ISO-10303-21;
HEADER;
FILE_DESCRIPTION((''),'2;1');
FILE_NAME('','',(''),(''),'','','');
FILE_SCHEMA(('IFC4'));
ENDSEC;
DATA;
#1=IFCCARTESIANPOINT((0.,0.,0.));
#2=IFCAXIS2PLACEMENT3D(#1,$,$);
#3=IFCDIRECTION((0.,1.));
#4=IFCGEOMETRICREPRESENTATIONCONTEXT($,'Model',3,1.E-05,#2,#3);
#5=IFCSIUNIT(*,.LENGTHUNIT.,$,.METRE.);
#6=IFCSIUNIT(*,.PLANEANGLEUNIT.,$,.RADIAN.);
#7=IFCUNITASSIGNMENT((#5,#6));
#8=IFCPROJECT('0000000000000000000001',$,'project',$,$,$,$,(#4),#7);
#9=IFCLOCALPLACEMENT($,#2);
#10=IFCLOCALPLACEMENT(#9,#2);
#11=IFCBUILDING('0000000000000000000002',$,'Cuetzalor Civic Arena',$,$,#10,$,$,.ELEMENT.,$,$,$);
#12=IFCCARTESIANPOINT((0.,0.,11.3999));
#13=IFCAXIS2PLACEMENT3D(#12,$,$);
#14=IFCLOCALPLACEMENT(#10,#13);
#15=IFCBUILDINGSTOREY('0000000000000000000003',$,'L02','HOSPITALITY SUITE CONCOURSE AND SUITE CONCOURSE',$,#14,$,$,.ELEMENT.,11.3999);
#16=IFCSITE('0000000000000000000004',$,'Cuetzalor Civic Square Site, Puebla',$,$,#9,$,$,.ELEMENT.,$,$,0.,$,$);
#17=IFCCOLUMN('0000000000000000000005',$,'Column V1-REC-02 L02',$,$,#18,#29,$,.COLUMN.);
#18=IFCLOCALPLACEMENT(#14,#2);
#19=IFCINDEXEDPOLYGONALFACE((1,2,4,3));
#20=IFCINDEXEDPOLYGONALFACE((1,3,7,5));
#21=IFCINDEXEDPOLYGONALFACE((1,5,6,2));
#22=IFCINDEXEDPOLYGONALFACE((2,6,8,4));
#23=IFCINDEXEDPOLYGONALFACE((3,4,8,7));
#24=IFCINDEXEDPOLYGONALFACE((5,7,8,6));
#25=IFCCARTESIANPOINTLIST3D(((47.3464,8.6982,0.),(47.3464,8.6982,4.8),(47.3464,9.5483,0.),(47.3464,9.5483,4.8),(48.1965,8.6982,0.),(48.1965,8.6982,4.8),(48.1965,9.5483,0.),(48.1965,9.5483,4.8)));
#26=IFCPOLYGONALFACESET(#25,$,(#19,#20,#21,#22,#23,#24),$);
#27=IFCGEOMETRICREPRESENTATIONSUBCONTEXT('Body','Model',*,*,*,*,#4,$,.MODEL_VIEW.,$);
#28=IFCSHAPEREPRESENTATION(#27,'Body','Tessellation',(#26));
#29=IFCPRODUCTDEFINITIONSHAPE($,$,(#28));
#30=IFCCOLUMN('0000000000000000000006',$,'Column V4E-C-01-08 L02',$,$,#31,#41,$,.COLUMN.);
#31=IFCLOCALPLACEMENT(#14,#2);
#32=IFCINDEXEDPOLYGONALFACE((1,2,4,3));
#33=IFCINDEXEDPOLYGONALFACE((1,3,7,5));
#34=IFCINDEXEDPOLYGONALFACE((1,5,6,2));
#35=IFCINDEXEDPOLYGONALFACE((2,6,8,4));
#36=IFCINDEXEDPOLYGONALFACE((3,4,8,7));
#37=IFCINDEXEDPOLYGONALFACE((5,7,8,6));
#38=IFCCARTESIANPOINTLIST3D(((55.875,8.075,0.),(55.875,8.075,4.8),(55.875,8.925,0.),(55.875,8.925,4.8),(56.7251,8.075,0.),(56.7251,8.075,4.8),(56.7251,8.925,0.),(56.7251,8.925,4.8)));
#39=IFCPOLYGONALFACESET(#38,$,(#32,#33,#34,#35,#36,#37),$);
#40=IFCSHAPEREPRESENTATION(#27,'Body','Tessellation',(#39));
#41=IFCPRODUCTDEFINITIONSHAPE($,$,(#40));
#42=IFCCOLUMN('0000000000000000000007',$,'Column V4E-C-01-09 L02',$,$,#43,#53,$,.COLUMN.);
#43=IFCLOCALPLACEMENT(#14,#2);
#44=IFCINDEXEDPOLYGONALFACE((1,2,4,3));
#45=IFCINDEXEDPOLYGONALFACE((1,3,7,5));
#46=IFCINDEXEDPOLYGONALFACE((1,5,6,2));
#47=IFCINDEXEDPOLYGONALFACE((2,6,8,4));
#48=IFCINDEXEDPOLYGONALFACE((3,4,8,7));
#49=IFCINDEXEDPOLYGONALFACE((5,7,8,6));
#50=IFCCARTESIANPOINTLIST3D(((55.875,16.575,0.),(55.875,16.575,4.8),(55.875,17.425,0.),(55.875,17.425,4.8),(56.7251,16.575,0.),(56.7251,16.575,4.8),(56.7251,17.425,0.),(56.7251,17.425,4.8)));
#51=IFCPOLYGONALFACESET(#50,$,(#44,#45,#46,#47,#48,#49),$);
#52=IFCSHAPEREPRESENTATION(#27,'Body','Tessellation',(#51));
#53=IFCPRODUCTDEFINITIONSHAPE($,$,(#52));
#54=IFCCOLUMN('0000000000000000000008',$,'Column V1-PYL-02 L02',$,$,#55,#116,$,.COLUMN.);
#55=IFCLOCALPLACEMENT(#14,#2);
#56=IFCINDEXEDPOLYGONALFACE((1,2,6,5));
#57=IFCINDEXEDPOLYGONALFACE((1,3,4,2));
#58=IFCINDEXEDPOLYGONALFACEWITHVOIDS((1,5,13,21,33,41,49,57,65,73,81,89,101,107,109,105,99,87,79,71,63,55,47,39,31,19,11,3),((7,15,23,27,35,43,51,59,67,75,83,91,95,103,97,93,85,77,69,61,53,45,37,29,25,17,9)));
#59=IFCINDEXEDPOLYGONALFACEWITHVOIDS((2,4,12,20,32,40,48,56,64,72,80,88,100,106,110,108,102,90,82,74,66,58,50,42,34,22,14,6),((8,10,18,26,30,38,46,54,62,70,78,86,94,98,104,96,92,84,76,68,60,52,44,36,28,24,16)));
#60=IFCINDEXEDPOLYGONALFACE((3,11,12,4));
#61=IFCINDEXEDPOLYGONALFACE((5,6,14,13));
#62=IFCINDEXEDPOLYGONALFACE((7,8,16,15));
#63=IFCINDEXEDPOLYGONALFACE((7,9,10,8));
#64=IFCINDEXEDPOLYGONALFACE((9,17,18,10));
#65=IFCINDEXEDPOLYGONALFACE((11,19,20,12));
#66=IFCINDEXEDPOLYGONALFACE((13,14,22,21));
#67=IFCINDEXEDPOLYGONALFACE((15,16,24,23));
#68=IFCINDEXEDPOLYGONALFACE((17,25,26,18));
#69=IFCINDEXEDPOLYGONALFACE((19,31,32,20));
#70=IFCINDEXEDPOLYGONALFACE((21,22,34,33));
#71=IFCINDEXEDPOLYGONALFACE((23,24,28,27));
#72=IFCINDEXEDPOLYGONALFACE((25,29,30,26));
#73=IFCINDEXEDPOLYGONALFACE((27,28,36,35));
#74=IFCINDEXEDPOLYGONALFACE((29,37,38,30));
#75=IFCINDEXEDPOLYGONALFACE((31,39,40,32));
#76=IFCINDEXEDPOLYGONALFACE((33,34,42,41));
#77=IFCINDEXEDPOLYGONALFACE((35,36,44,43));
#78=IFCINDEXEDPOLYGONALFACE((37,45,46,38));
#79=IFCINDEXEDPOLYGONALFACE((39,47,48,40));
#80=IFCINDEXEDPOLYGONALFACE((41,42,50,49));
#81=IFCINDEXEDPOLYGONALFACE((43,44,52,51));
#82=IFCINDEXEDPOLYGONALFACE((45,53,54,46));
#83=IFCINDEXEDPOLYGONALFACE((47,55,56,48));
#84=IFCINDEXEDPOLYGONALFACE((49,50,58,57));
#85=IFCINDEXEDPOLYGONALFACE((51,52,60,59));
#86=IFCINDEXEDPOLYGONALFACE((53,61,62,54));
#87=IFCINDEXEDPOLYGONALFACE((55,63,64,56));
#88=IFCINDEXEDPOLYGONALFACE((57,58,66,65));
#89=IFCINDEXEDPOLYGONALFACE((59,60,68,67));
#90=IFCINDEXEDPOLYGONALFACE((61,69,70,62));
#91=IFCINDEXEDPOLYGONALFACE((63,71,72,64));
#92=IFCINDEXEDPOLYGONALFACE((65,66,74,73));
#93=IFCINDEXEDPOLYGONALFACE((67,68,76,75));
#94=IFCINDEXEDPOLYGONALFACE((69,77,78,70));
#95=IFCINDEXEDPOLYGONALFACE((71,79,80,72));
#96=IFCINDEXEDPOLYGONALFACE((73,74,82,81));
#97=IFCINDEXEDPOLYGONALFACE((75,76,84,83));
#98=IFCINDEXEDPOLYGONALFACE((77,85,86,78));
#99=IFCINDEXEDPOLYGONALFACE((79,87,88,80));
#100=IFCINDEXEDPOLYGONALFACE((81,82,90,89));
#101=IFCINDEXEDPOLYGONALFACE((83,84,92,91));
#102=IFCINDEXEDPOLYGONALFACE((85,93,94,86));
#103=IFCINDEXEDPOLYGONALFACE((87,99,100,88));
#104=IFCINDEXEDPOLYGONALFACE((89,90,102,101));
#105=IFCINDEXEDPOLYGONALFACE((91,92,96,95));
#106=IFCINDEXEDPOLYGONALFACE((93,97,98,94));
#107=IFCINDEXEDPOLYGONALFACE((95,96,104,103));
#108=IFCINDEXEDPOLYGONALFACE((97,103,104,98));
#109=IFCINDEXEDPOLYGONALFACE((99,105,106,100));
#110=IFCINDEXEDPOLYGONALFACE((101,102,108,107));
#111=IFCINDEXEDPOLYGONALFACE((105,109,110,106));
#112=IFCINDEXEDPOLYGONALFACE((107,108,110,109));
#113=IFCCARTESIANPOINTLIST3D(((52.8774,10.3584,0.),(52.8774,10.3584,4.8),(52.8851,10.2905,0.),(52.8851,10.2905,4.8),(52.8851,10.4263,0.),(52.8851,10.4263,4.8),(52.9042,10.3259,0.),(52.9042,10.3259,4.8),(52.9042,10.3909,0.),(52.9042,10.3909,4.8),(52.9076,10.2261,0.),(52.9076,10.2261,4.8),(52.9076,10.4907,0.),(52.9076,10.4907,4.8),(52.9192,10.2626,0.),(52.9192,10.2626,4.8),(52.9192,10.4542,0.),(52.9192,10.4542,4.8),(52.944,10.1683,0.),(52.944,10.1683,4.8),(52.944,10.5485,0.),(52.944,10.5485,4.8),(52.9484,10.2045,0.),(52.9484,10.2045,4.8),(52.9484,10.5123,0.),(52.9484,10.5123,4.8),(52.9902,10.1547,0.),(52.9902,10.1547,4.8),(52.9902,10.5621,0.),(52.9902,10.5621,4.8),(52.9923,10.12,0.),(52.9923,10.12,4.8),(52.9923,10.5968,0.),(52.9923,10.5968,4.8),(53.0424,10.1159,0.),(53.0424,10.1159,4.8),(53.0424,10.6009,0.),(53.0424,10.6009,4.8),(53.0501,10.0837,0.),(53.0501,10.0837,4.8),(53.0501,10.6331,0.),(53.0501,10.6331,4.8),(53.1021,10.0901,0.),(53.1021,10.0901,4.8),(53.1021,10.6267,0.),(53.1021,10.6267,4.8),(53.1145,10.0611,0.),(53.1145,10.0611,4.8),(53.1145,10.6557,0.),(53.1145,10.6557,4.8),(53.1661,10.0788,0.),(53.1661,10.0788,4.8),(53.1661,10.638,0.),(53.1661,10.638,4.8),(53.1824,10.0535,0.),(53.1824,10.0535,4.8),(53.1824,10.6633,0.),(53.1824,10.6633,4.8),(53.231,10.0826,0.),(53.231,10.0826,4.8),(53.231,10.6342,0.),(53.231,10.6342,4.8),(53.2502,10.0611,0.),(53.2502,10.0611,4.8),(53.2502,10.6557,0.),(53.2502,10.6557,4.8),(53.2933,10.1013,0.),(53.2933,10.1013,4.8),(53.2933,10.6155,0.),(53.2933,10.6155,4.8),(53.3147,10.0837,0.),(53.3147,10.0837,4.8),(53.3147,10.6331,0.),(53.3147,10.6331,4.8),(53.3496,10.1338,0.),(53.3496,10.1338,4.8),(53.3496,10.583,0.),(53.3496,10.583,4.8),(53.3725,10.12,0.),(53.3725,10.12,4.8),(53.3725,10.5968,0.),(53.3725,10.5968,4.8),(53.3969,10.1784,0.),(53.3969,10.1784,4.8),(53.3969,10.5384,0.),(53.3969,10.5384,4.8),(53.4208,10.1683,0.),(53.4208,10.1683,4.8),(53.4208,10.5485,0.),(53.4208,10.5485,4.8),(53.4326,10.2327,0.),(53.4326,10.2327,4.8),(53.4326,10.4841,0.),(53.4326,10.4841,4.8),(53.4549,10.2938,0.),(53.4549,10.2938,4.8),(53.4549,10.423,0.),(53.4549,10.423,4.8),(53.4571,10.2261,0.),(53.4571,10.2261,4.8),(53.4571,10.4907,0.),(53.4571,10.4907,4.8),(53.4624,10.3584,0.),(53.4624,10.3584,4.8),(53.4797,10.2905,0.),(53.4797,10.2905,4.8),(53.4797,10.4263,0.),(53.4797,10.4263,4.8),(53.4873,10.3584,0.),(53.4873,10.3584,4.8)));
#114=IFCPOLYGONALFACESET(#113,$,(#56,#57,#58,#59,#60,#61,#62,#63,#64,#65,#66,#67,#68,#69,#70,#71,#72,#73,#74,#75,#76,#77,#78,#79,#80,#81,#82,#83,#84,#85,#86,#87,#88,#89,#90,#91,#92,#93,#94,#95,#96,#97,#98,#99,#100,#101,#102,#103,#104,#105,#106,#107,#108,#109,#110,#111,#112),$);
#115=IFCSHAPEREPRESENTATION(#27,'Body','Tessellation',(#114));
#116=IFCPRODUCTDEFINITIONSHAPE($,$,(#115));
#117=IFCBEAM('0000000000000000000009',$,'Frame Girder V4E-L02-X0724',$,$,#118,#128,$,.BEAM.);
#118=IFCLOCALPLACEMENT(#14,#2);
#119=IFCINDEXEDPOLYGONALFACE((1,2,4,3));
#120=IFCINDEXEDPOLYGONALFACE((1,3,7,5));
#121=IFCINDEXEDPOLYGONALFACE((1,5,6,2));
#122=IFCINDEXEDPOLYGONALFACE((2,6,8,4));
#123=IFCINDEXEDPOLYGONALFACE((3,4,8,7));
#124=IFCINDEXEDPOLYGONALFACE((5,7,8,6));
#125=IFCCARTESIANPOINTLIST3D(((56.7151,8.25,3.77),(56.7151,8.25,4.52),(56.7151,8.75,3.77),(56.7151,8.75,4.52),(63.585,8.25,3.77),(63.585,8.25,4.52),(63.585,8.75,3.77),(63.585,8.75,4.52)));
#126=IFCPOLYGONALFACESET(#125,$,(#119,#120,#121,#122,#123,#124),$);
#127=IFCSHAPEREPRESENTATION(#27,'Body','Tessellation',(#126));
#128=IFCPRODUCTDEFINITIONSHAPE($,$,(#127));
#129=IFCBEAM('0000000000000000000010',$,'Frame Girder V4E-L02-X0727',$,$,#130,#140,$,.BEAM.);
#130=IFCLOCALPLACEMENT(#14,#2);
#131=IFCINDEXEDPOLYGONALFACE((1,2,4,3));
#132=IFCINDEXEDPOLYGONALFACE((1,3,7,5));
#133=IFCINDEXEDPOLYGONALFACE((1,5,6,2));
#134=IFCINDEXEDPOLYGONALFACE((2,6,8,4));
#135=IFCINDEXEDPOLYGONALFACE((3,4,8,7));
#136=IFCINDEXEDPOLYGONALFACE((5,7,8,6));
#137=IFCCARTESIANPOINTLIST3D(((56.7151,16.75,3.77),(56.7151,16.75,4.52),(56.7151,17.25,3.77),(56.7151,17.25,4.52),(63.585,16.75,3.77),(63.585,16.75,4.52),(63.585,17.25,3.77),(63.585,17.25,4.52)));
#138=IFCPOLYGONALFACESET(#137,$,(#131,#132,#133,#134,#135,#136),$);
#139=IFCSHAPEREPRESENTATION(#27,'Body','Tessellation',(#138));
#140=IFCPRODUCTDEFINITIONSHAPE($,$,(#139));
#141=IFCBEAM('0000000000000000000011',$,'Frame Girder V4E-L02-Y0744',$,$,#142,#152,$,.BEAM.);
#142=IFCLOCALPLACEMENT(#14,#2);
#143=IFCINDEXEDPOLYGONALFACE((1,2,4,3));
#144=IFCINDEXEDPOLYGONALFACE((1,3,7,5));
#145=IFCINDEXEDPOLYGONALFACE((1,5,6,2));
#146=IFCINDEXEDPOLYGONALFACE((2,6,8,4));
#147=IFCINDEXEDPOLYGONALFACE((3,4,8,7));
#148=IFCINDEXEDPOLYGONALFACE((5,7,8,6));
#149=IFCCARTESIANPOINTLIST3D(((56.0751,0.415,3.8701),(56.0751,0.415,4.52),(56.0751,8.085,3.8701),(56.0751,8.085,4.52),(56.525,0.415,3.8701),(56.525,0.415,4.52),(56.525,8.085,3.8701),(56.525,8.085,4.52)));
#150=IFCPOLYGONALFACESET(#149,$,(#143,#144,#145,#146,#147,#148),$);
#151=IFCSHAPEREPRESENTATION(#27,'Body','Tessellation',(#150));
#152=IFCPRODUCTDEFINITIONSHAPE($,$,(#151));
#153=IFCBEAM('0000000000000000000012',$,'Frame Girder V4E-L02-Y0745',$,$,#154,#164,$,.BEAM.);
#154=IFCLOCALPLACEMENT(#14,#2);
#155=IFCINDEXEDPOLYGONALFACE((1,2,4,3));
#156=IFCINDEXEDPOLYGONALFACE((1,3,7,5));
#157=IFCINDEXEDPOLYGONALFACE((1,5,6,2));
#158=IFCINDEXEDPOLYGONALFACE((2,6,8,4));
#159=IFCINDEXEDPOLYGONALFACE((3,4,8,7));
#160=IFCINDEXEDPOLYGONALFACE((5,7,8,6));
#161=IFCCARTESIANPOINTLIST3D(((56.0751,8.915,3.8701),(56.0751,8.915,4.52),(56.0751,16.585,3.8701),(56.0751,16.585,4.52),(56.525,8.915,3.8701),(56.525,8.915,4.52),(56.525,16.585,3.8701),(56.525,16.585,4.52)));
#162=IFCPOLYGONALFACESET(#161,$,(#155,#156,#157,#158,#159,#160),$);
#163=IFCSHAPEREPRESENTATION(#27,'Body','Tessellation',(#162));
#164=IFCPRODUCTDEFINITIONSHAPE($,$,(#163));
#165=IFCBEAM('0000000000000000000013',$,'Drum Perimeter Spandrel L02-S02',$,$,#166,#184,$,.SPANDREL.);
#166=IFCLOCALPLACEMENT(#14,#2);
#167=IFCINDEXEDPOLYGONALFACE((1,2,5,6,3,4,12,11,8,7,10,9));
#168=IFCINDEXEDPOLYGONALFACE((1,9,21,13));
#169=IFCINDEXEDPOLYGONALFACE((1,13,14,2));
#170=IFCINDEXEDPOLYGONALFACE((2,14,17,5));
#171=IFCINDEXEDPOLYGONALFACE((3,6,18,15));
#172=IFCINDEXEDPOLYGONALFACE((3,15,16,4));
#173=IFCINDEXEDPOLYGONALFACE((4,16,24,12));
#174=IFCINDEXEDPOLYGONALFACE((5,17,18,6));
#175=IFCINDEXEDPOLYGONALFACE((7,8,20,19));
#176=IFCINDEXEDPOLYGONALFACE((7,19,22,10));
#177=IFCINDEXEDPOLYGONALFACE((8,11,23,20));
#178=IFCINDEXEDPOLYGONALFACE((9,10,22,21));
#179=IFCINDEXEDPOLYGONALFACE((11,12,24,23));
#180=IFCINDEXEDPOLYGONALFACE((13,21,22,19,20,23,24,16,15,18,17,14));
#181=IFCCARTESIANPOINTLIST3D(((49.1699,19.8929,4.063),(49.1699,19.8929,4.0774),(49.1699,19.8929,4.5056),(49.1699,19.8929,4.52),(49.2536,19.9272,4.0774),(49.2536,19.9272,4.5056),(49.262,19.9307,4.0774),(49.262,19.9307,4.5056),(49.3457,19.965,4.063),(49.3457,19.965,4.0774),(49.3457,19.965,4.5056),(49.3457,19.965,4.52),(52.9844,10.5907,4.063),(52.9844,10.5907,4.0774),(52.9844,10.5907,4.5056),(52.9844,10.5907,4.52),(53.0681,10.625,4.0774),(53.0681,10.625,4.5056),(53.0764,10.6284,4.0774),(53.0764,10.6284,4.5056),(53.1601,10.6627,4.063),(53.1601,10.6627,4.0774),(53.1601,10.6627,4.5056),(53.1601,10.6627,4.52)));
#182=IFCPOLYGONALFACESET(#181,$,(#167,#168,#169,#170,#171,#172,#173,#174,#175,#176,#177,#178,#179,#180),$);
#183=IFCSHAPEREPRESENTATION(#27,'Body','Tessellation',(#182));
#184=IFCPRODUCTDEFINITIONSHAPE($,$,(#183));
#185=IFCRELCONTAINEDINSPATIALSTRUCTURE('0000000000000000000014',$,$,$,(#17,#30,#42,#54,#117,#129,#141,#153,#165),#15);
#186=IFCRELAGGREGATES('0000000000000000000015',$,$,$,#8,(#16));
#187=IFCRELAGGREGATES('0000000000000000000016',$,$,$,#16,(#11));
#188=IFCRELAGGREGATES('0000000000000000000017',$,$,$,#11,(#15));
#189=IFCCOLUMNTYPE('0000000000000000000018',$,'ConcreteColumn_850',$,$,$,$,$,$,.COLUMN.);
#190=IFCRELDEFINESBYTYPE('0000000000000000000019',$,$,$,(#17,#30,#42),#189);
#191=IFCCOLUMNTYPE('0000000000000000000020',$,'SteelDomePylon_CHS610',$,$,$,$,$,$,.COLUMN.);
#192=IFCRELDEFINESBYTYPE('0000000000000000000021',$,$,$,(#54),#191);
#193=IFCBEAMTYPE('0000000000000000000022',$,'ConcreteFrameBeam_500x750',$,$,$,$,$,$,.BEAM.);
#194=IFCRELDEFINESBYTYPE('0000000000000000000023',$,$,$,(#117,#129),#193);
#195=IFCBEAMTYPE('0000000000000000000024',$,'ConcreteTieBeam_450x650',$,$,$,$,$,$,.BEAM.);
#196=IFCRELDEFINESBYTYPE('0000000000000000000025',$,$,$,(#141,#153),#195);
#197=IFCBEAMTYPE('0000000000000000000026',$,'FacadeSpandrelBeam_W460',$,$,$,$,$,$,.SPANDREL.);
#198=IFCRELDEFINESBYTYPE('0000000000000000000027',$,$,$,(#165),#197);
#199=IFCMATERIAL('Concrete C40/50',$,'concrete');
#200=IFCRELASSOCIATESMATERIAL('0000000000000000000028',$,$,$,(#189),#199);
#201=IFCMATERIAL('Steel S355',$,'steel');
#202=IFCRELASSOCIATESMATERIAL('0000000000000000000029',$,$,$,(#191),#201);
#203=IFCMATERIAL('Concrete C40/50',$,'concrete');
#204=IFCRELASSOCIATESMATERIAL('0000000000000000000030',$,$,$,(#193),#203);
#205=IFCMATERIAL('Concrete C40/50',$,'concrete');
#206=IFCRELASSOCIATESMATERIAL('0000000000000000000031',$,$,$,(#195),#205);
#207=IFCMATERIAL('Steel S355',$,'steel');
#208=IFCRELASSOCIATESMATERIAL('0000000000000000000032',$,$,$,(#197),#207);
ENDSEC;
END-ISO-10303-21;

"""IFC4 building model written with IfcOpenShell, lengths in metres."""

from ifc_helpers import new_model, si_unit, direction, frame, origin, origin_2d, place, context, subcontext, project, spatial, rectangle, hollow_circle, i_section, extrude, material, material_profile, profile_set, type_object, element, save


model = new_model("IFC4")

# Units and contexts
model_context = context("Model", 3, precision=1e-05, world=origin(), true_north=direction((0.0, 1.0)))
body_context = subcontext(model_context, "Body", "Model", "MODEL_VIEW")
ifc_project = project(units=[si_unit("LENGTHUNIT", "METRE"), si_unit("PLANEANGLEUNIT", "RADIAN")], contexts=[model_context])

# Site, building, storey
site_placement = place(None, origin())
site = spatial("IfcSite", under=ifc_project, at=site_placement, Name="Cuetzalor Civic Square Site, Puebla", CompositionType="ELEMENT", RefElevation=0.0)
building_placement = place(site_placement, origin())
building = spatial("IfcBuilding", under=site, at=building_placement, Name="Cuetzalor Civic Arena", CompositionType="ELEMENT")
storey_placement = place(building_placement, frame((0.0, 0.0, 11.3999)))
storey = spatial("IfcBuildingStorey", under=building, at=storey_placement, Name="L02", Description="HOSPITALITY SUITE CONCOURSE AND SUITE CONCOURSE", CompositionType="ELEMENT", Elevation=11.3999)

# Columns
ifc_material_1 = material(Name="Concrete C40/50", Category="concrete")
ifc_material_profile_1 = material_profile(ifc_material_1, rectangle(XDim=0.8501, YDim=0.8501, at=origin_2d()), Name="RC 850x850")
ifc_profile_set_1 = profile_set([ifc_material_profile_1], Name="Concrete C40/50")
column_type_1 = type_object("IfcColumnType", Name="ConcreteColumn_850", PredefinedType="COLUMN", material=ifc_profile_set_1)
for number, where, z_axis, x_axis, name in (
    (1, (47.7715, 9.1233, 0.0), (0.0, 0.0, 1.0), (1.0, 0.0, 0.0), "Column V1-REC-02 L02"),
    (2, (56.3, 8.5, 0.0), (0.0, 0.0, 1.0), (1.0, 0.0, 0.0), "Column V4E-C-01-08 L02"),
    (3, (56.3, 17.0, 0.0), (0.0, 0.0, 1.0), (1.0, 0.0, 0.0), "Column V4E-C-01-09 L02"),
):
    element("IfcColumn", number, at=place(storey_placement, frame(where, z_axis=z_axis, x_axis=x_axis)), inside=storey, type_object=column_type_1, Name=name, PredefinedType="COLUMN", context=body_context, shape_type="SweptSolid", body=[
        extrude(rectangle(XDim=0.8501, YDim=0.8501, at=origin_2d()), origin(), (0.0, 0.0, 1.0), 4.8),
    ])
ifc_material_2 = material(Name="Steel S355", Category="steel")
ifc_material_profile_2 = material_profile(ifc_material_2, hollow_circle(Radius=0.3049, WallThickness=0.0249, at=origin_2d()), Name="CHS 610x25")
ifc_profile_set_2 = profile_set([ifc_material_profile_2], Name="Steel S355")
column_type_2 = type_object("IfcColumnType", Name="SteelDomePylon_CHS610", PredefinedType="COLUMN", material=ifc_profile_set_2)
column_placement = place(storey_placement, frame((53.1824, 10.3584, 0.0), z_axis=(0.0, 0.0, 1.0), x_axis=(1.0, 0.0, 0.0)))
element("IfcColumn", 4, at=column_placement, inside=storey, type_object=column_type_2, Name="Column V1-PYL-02 L02", PredefinedType="COLUMN", context=body_context, shape_type="SweptSolid", body=[
    extrude(hollow_circle(Radius=0.3049, WallThickness=0.0249, at=origin_2d()), origin(), (0.0, 0.0, 1.0), 4.8),
])

# Beams
ifc_material_3 = material(Name="Concrete C40/50", Category="concrete")
ifc_material_profile_3 = material_profile(ifc_material_3, rectangle(XDim=0.5, YDim=0.75, at=origin_2d()), Name="RC 500x750")
ifc_profile_set_3 = profile_set([ifc_material_profile_3], Name="Concrete C40/50")
beam_type_1 = type_object("IfcBeamType", Name="ConcreteFrameBeam_500x750", PredefinedType="BEAM", material=ifc_profile_set_3)
for number, where, z_axis, x_axis, name in (
    (5, (56.7151, 8.5, 4.145), (1.0, 0.0, 0.0), (0.0, 1.0, 0.0), "Frame Girder V4E-L02-X0724"),
    (6, (56.7151, 17.0, 4.145), (1.0, 0.0, 0.0), (0.0, 1.0, 0.0), "Frame Girder V4E-L02-X0727"),
):
    element("IfcBeam", number, at=place(storey_placement, frame(where, z_axis=z_axis, x_axis=x_axis)), inside=storey, type_object=beam_type_1, Name=name, PredefinedType="BEAM", context=body_context, shape_type="SweptSolid", body=[
        extrude(rectangle(XDim=0.5, YDim=0.75, at=origin_2d()), origin(), (0.0, 0.0, 1.0), 6.8699),
    ])
ifc_material_4 = material(Name="Concrete C40/50", Category="concrete")
ifc_material_profile_4 = material_profile(ifc_material_4, rectangle(XDim=0.45, YDim=0.6499, at=origin_2d()), Name="RC 450x650")
ifc_profile_set_4 = profile_set([ifc_material_profile_4], Name="Concrete C40/50")
beam_type_2 = type_object("IfcBeamType", Name="ConcreteTieBeam_450x650", PredefinedType="BEAM", material=ifc_profile_set_4)
for number, where, z_axis, x_axis, name in (
    (7, (56.3, 0.415, 4.1951), (0.0, 1.0, 0.0), (-1.0, 0.0, 0.0), "Frame Girder V4E-L02-Y0744"),
    (8, (56.3, 8.915, 4.1951), (0.0, 1.0, 0.0), (-1.0, 0.0, 0.0), "Frame Girder V4E-L02-Y0745"),
):
    element("IfcBeam", number, at=place(storey_placement, frame(where, z_axis=z_axis, x_axis=x_axis)), inside=storey, type_object=beam_type_2, Name=name, PredefinedType="BEAM", context=body_context, shape_type="SweptSolid", body=[
        extrude(rectangle(XDim=0.45, YDim=0.6499, at=origin_2d()), origin(), (0.0, 0.0, 1.0), 7.6699),
    ])
ifc_material_5 = material(Name="Steel S355", Category="steel")
ifc_material_profile_5 = material_profile(ifc_material_5, i_section(OverallWidth=0.1899, OverallDepth=0.457, WebThickness=0.009, FlangeThickness=0.0144, at=origin_2d()), Name="W460x74")
ifc_profile_set_5 = profile_set([ifc_material_profile_5], Name="Steel S355")
beam_type_3 = type_object("IfcBeamType", Name="FacadeSpandrelBeam_W460", PredefinedType="SPANDREL", material=ifc_profile_set_5)
beam_1_placement = place(storey_placement, frame((53.0723, 10.6267, 4.2915), z_axis=(-0.379399, 0.925233, 0.0), x_axis=(-0.925233, -0.379399, 0.0)))
element("IfcBeam", 9, at=beam_1_placement, inside=storey, type_object=beam_type_3, Name="Drum Perimeter Spandrel L02-S02", PredefinedType="SPANDREL", context=body_context, shape_type="SweptSolid", body=[
    extrude(i_section(OverallWidth=0.1899, OverallDepth=0.457, WebThickness=0.009, FlangeThickness=0.0144, at=origin_2d()), origin(), (0.0, 0.0, 1.0), 10.054),
])

save(model, "model.ifc")
